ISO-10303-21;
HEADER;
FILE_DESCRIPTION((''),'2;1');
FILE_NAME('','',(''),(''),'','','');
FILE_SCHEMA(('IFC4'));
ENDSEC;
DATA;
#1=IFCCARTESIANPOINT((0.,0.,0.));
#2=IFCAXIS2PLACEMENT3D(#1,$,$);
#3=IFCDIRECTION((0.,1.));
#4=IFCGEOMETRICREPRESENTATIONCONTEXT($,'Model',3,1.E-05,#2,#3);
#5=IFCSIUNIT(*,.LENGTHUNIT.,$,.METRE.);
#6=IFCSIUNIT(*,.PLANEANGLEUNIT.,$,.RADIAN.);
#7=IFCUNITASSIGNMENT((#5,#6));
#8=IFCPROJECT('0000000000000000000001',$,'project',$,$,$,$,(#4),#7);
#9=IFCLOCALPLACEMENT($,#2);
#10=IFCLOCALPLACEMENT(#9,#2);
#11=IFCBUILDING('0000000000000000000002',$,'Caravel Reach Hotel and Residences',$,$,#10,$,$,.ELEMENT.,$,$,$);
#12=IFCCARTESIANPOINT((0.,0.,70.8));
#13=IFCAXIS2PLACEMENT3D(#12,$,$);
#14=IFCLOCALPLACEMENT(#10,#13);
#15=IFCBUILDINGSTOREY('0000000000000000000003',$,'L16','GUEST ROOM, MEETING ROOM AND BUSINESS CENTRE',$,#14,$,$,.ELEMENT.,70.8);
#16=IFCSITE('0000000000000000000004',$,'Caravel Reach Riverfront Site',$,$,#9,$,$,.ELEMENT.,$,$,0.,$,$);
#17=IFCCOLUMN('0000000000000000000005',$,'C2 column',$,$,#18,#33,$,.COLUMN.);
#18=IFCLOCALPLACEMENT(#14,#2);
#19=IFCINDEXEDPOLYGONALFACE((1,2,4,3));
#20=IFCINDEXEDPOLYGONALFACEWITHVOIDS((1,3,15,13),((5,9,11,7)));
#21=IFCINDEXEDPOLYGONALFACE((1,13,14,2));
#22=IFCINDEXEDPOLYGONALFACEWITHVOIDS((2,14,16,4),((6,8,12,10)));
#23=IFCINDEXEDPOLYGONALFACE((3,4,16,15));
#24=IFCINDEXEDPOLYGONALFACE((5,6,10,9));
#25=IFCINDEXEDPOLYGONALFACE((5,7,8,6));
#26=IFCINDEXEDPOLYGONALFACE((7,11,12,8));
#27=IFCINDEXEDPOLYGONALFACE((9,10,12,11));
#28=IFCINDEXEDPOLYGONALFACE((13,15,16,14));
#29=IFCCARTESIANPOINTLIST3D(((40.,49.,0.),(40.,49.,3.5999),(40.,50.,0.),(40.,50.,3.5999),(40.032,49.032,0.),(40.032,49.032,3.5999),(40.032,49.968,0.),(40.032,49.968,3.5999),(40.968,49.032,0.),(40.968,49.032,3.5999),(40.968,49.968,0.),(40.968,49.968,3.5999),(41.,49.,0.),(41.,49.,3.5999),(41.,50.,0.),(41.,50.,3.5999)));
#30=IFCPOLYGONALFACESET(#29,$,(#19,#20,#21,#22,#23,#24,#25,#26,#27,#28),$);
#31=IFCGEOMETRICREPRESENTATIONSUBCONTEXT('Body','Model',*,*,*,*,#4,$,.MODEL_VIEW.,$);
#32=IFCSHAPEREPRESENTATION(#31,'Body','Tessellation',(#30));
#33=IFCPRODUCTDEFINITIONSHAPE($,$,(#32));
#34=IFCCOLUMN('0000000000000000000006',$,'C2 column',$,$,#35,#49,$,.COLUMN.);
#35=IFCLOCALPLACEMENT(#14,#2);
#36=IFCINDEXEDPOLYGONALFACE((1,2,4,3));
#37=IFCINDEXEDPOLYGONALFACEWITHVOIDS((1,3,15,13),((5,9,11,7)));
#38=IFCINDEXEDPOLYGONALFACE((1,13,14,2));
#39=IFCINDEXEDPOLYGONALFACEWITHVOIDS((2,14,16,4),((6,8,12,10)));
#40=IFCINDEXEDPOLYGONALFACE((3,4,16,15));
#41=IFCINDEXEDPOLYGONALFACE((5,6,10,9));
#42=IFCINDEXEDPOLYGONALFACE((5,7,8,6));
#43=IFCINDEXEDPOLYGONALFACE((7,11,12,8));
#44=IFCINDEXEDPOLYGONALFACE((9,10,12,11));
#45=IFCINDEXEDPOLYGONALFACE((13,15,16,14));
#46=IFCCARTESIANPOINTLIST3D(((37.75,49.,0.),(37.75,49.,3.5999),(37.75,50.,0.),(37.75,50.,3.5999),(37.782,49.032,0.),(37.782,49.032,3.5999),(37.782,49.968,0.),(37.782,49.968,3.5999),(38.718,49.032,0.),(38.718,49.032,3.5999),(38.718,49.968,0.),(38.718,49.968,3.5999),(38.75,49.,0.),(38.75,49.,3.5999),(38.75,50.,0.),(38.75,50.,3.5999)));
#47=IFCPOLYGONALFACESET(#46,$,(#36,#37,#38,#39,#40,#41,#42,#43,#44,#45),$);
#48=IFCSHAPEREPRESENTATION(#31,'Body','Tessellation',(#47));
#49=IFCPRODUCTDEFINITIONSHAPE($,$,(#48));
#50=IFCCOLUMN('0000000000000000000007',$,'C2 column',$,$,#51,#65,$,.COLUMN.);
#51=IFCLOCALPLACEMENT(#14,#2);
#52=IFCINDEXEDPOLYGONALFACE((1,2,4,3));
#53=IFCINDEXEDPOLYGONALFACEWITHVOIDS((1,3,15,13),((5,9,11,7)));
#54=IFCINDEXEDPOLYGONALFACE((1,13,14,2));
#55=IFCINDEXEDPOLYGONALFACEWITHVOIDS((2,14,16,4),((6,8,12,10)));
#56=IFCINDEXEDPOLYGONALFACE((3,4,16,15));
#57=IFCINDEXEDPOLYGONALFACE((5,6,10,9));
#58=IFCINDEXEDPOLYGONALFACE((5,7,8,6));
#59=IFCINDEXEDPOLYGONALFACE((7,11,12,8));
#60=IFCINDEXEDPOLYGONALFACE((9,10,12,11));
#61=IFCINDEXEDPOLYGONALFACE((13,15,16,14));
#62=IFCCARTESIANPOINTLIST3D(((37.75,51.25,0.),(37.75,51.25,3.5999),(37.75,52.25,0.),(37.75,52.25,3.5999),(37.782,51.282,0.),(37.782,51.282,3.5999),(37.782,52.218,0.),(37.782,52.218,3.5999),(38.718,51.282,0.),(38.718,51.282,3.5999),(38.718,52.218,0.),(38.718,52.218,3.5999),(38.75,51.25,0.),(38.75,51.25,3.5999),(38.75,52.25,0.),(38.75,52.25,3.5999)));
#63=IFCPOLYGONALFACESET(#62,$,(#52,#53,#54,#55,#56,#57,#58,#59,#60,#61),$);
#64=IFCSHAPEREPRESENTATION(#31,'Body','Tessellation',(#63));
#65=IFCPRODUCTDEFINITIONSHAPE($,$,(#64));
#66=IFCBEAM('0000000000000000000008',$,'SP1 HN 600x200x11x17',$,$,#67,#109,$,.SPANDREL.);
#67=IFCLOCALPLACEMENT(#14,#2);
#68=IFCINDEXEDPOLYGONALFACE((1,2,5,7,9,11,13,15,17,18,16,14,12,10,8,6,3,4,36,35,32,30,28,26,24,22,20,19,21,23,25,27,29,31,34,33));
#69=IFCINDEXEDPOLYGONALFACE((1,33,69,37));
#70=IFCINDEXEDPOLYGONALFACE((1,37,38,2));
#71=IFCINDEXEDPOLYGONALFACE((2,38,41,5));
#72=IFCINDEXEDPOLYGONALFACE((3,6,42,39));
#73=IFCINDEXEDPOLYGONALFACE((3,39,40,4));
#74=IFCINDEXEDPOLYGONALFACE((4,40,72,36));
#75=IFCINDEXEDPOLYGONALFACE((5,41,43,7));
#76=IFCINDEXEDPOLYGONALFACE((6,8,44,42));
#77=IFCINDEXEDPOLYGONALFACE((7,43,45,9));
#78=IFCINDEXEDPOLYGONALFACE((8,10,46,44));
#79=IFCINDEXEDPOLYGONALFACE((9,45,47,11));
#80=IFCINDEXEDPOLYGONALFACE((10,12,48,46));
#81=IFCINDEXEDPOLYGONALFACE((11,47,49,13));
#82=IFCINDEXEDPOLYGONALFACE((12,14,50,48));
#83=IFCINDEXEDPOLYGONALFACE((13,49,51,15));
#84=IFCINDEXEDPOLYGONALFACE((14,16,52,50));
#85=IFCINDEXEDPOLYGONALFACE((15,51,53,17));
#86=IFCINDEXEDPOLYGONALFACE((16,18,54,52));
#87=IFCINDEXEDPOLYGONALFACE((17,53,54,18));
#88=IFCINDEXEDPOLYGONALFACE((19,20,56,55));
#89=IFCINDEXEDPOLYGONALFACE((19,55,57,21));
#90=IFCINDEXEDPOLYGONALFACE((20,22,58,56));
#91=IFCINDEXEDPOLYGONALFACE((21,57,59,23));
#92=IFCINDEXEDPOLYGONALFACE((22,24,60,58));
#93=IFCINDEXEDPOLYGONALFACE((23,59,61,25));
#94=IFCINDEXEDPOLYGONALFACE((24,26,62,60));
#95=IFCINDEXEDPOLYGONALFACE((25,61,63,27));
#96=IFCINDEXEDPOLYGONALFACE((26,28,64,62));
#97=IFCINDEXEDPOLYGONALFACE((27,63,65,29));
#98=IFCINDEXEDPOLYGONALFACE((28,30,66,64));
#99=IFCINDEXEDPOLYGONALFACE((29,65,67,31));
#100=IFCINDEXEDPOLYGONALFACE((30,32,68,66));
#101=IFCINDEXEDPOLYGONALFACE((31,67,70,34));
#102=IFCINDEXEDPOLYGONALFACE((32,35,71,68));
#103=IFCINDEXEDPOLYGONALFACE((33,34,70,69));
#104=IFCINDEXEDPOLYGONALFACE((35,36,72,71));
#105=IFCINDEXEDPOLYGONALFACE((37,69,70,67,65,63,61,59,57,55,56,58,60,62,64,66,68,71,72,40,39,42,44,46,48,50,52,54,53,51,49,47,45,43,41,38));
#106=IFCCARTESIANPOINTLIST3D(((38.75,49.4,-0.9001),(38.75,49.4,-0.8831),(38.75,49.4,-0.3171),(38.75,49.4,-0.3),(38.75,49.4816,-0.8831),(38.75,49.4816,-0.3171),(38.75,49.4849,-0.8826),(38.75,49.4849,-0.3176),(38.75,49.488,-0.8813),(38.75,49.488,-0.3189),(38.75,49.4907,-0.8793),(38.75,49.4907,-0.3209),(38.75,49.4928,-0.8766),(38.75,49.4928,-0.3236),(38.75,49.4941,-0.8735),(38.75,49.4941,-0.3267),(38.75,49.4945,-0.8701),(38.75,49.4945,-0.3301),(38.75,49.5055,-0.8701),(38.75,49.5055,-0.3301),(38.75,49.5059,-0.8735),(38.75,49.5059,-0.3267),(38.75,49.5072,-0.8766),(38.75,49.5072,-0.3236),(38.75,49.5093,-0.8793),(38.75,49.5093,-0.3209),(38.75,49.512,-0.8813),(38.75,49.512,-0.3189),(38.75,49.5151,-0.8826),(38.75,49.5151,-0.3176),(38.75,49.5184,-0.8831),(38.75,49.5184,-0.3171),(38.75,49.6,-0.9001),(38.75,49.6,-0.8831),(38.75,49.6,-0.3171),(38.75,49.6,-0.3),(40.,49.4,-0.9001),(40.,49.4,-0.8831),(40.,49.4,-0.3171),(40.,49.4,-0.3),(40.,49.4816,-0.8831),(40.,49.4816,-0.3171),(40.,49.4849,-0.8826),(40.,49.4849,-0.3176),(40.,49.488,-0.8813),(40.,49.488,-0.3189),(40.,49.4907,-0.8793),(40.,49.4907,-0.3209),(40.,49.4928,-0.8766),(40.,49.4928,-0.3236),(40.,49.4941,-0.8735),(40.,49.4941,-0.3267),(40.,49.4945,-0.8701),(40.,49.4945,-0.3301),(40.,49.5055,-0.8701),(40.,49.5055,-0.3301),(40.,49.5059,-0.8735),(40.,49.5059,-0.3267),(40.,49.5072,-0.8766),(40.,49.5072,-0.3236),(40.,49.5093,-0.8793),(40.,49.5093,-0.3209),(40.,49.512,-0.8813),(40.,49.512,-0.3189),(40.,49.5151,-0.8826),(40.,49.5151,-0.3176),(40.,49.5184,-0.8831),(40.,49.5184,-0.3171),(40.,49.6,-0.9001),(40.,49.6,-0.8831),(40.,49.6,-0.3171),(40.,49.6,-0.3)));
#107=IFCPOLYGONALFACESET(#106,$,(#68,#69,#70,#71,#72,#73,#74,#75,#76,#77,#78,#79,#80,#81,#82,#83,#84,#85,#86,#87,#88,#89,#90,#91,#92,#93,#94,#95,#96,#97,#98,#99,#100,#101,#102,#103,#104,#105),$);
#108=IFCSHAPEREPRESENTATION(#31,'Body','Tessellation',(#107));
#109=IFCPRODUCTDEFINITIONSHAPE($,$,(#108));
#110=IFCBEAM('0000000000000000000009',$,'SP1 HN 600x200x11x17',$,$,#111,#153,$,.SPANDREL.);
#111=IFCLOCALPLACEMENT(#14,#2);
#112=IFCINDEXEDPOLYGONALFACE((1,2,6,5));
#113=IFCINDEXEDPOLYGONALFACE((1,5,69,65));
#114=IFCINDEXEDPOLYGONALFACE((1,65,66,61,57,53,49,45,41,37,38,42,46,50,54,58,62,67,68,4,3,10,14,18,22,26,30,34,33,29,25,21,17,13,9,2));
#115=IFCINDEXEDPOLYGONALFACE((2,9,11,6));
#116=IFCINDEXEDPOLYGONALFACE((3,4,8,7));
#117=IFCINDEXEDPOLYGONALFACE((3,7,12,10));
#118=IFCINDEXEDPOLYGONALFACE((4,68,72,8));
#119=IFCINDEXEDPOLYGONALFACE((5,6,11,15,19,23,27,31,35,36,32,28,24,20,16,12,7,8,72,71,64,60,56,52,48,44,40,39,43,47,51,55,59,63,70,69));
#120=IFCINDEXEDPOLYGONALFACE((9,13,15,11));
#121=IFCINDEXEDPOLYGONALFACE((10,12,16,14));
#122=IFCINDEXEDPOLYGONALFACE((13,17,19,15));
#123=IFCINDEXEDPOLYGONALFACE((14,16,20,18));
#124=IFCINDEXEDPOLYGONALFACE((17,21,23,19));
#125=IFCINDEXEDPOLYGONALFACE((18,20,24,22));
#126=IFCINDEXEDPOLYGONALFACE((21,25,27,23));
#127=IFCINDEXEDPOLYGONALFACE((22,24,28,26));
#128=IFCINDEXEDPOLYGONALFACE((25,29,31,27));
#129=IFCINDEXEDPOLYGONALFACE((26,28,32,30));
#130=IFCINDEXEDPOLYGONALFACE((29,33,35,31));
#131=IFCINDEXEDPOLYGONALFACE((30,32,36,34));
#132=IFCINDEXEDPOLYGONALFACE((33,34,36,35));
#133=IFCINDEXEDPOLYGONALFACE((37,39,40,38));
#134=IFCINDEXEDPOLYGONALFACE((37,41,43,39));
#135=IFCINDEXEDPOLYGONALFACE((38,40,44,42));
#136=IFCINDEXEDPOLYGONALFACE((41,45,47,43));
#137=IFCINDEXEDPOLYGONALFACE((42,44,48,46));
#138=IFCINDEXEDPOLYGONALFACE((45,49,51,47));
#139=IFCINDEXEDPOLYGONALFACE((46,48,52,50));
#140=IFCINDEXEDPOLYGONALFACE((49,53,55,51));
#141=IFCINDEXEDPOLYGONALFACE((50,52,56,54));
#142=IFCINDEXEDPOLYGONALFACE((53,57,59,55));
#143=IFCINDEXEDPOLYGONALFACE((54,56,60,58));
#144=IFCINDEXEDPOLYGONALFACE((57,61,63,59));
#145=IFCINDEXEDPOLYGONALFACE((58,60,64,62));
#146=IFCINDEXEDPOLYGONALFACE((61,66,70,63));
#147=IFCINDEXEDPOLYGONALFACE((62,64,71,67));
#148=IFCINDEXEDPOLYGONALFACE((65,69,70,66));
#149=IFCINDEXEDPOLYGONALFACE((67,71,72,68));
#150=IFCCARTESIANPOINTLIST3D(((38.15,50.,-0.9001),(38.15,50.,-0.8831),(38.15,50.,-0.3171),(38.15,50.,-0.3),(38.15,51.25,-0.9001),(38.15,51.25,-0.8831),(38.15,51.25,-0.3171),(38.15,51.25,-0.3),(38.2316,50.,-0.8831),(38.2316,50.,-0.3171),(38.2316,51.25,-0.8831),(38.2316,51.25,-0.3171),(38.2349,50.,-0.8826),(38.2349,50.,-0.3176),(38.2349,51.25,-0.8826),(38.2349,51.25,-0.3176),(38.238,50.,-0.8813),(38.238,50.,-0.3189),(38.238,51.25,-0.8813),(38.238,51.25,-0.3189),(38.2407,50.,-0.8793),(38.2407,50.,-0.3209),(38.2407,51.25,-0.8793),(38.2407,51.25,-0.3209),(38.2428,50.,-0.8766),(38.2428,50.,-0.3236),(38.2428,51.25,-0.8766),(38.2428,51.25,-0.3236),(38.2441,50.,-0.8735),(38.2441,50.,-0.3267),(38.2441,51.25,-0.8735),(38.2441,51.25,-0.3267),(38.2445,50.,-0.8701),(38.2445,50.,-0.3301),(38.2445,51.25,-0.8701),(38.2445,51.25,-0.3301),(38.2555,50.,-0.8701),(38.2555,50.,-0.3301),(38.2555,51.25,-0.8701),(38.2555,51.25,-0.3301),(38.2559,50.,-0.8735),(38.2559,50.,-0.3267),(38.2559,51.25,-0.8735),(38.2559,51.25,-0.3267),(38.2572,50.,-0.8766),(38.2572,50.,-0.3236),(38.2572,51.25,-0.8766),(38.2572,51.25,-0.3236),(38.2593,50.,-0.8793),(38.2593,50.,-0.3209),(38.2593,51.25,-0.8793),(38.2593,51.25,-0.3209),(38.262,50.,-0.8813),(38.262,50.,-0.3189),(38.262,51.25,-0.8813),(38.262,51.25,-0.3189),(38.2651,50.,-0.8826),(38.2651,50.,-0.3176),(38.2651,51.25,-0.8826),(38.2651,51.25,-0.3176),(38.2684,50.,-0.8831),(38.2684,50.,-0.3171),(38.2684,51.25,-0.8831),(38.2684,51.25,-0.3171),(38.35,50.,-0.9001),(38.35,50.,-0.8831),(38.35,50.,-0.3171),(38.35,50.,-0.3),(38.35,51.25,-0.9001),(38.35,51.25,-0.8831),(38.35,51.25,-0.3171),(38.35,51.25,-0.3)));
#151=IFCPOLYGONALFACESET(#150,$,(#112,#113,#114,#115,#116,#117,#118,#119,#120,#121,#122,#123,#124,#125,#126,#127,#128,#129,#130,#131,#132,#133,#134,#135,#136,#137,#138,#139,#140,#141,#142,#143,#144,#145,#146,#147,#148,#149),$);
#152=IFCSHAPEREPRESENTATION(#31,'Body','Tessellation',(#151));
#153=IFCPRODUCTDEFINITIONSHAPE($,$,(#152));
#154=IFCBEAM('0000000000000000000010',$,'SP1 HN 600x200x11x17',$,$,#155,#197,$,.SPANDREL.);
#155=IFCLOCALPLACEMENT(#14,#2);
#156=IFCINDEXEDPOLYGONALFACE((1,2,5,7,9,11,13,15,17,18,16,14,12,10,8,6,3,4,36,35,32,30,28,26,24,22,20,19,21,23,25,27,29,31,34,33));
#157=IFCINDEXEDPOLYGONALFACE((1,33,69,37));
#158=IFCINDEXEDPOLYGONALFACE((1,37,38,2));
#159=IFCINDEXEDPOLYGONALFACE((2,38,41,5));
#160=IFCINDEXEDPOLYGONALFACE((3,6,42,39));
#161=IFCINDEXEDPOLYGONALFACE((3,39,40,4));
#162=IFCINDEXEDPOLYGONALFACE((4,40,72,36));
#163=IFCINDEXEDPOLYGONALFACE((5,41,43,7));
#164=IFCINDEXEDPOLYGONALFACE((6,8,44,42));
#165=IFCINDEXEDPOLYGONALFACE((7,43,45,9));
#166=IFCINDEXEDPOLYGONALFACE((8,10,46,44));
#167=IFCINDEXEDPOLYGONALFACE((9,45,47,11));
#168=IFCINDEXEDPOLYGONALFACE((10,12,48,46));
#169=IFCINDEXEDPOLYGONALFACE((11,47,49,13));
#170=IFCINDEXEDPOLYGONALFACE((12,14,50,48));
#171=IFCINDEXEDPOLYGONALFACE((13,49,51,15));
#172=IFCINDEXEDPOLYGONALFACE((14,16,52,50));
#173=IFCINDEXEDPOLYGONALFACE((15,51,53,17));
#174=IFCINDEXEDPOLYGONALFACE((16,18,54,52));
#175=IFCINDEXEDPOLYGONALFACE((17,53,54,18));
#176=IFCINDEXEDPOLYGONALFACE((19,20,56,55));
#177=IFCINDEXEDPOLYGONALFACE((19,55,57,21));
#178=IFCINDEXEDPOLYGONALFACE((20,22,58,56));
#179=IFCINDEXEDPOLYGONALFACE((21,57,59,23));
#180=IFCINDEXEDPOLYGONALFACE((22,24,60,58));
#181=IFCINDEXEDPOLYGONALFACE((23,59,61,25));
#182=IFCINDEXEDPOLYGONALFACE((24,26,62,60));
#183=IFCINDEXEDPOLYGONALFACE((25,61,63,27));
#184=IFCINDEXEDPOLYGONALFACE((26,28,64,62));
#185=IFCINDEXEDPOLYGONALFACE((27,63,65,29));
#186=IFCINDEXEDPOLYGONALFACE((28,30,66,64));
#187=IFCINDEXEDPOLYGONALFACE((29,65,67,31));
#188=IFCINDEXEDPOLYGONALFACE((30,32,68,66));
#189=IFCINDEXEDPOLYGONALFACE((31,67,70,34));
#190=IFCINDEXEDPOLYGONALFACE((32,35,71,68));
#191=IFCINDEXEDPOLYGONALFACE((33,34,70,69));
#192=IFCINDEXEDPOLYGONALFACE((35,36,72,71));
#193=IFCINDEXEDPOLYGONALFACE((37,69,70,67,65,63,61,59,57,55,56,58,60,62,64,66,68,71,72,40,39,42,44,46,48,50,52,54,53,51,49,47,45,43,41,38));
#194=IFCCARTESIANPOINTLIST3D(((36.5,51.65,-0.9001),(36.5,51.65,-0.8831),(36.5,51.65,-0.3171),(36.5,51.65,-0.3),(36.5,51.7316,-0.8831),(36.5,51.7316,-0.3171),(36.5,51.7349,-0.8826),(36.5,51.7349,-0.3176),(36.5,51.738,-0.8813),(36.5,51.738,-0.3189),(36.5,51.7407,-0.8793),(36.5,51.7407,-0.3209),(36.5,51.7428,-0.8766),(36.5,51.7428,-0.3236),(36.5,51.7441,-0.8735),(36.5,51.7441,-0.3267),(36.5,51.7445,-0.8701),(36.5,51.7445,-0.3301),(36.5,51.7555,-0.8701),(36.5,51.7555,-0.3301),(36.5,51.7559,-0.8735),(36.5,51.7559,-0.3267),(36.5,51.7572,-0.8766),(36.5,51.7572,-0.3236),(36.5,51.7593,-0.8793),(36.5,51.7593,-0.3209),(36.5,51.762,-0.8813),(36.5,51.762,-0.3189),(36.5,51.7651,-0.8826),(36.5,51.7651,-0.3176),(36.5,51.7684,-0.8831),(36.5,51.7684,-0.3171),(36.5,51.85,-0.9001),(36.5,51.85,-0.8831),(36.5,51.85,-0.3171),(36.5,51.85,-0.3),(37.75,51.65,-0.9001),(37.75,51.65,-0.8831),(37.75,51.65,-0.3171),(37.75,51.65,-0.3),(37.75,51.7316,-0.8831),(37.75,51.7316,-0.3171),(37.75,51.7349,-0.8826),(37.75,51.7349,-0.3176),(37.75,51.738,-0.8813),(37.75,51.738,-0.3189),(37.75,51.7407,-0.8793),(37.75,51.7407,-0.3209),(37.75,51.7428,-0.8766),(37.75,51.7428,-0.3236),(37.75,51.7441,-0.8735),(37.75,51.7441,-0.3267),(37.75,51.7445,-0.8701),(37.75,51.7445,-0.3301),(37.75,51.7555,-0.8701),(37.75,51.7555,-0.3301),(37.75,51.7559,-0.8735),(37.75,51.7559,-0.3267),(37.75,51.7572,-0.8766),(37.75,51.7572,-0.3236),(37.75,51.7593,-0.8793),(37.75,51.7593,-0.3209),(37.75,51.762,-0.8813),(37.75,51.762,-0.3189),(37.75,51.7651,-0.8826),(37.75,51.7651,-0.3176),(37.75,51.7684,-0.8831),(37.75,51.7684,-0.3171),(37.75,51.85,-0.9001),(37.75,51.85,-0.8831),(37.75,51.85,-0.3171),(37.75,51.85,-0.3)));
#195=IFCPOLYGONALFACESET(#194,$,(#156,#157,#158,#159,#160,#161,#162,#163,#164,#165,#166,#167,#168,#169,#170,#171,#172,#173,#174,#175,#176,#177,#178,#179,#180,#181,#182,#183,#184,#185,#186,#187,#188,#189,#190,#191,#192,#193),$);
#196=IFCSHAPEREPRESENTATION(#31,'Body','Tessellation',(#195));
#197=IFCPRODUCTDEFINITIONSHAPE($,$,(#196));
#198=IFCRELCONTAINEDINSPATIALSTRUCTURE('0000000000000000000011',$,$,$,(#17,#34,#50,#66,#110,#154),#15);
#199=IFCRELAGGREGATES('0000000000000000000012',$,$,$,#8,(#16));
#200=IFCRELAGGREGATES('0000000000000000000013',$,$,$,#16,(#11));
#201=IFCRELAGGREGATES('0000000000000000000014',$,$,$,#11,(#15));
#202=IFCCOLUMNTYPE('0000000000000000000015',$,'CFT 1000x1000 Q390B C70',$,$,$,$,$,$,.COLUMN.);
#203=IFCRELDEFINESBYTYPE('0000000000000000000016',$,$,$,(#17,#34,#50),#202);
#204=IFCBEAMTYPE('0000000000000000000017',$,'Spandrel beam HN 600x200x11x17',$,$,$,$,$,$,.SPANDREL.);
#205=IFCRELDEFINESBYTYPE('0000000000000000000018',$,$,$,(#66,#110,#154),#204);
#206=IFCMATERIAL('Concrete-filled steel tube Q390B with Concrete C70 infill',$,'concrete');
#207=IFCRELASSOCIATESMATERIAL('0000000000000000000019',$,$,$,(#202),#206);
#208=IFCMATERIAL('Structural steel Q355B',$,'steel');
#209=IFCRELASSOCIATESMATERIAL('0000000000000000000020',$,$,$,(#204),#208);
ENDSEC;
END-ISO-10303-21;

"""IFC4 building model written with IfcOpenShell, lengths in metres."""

from ifc_helpers import new_model, si_unit, direction, frame, origin, origin_2d, place, context, subcontext, project, spatial, hollow_rectangle, i_section, extrude, material, material_profile, profile_set, type_object, element, save


model = new_model("IFC4")

# Units and contexts
model_context = context("Model", 3, precision=1e-05, world=origin(), true_north=direction((0.0, 1.0)))
body_context = subcontext(model_context, "Body", "Model", "MODEL_VIEW")
ifc_project = project(units=[si_unit("LENGTHUNIT", "METRE"), si_unit("PLANEANGLEUNIT", "RADIAN")], contexts=[model_context])

# Site, building, storey
site_placement = place(None, origin())
site = spatial("IfcSite", under=ifc_project, at=site_placement, Name="Caravel Reach Riverfront Site", CompositionType="ELEMENT", RefElevation=0.0)
building_placement = place(site_placement, origin())
building = spatial("IfcBuilding", under=site, at=building_placement, Name="Caravel Reach Hotel and Residences", CompositionType="ELEMENT")
storey_placement = place(building_placement, frame((0.0, 0.0, 70.8)))
storey = spatial("IfcBuildingStorey", under=building, at=storey_placement, Name="L16", Description="GUEST ROOM, MEETING ROOM AND BUSINESS CENTRE", CompositionType="ELEMENT", Elevation=70.8)

# Columns
ifc_material_1 = material(Name="Concrete-filled steel tube Q390B with Concrete C70 infill", Category="concrete")
ifc_material_profile_1 = material_profile(ifc_material_1, hollow_rectangle(XDim=1.0, YDim=1.0, WallThickness=0.032, at=origin_2d()), Name="RHS 1000x1000x32")
ifc_profile_set_1 = profile_set([ifc_material_profile_1], Name="Concrete-filled steel tube Q390B with Concrete C70 infill")
column_type = type_object("IfcColumnType", Name="CFT 1000x1000 Q390B C70", PredefinedType="COLUMN", material=ifc_profile_set_1)
for number, where, z_axis, x_axis, name in (
    (1, (40.5, 49.5, 0.0), (0.0, 0.0, 1.0), (1.0, 0.0, 0.0), "C2 column"),
    (2, (38.25, 49.5, 0.0), (0.0, 0.0, 1.0), (1.0, 0.0, 0.0), "C2 column"),
    (3, (38.25, 51.75, 0.0), (0.0, 0.0, 1.0), (1.0, 0.0, 0.0), "C2 column"),
):
    element("IfcColumn", number, at=place(storey_placement, frame(where, z_axis=z_axis, x_axis=x_axis)), inside=storey, type_object=column_type, Name=name, PredefinedType="COLUMN", context=body_context, shape_type="SweptSolid", body=[
        extrude(hollow_rectangle(XDim=1.0, YDim=1.0, WallThickness=0.032, at=origin_2d()), origin(), (0.0, 0.0, 1.0), 3.5999),
    ])

# Beams
ifc_material_2 = material(Name="Structural steel Q355B", Category="steel")
ifc_material_profile_2 = material_profile(ifc_material_2, i_section(OverallWidth=0.2, OverallDepth=0.6001, WebThickness=0.011, FlangeThickness=0.0171, FilletRadius=0.0129, at=origin_2d()), Name="HN 600x200x11x17")
ifc_profile_set_2 = profile_set([ifc_material_profile_2], Name="Structural steel Q355B")
beam_type = type_object("IfcBeamType", Name="Spandrel beam HN 600x200x11x17", PredefinedType="SPANDREL", material=ifc_profile_set_2)
for number, where, z_axis, x_axis, name in (
    (4, (40.0, 49.5, -0.6001), (-1.0, 0.0, 0.0), (0.0, -1.0, 0.0), "SP1 HN 600x200x11x17"),
    (5, (38.25, 50.0, -0.6001), (0.0, 1.0, 0.0), (-1.0, 0.0, 0.0), "SP1 HN 600x200x11x17"),
    (6, (37.75, 51.75, -0.6001), (-1.0, 0.0, 0.0), (0.0, -1.0, 0.0), "SP1 HN 600x200x11x17"),
):
    element("IfcBeam", number, at=place(storey_placement, frame(where, z_axis=z_axis, x_axis=x_axis)), inside=storey, type_object=beam_type, Name=name, PredefinedType="SPANDREL", context=body_context, shape_type="SweptSolid", body=[
        extrude(i_section(OverallWidth=0.2, OverallDepth=0.6001, WebThickness=0.011, FlangeThickness=0.0171, FilletRadius=0.0129, at=origin_2d()), origin(), (0.0, 0.0, 1.0), 1.25),
    ])

save(model, "model.ifc")
